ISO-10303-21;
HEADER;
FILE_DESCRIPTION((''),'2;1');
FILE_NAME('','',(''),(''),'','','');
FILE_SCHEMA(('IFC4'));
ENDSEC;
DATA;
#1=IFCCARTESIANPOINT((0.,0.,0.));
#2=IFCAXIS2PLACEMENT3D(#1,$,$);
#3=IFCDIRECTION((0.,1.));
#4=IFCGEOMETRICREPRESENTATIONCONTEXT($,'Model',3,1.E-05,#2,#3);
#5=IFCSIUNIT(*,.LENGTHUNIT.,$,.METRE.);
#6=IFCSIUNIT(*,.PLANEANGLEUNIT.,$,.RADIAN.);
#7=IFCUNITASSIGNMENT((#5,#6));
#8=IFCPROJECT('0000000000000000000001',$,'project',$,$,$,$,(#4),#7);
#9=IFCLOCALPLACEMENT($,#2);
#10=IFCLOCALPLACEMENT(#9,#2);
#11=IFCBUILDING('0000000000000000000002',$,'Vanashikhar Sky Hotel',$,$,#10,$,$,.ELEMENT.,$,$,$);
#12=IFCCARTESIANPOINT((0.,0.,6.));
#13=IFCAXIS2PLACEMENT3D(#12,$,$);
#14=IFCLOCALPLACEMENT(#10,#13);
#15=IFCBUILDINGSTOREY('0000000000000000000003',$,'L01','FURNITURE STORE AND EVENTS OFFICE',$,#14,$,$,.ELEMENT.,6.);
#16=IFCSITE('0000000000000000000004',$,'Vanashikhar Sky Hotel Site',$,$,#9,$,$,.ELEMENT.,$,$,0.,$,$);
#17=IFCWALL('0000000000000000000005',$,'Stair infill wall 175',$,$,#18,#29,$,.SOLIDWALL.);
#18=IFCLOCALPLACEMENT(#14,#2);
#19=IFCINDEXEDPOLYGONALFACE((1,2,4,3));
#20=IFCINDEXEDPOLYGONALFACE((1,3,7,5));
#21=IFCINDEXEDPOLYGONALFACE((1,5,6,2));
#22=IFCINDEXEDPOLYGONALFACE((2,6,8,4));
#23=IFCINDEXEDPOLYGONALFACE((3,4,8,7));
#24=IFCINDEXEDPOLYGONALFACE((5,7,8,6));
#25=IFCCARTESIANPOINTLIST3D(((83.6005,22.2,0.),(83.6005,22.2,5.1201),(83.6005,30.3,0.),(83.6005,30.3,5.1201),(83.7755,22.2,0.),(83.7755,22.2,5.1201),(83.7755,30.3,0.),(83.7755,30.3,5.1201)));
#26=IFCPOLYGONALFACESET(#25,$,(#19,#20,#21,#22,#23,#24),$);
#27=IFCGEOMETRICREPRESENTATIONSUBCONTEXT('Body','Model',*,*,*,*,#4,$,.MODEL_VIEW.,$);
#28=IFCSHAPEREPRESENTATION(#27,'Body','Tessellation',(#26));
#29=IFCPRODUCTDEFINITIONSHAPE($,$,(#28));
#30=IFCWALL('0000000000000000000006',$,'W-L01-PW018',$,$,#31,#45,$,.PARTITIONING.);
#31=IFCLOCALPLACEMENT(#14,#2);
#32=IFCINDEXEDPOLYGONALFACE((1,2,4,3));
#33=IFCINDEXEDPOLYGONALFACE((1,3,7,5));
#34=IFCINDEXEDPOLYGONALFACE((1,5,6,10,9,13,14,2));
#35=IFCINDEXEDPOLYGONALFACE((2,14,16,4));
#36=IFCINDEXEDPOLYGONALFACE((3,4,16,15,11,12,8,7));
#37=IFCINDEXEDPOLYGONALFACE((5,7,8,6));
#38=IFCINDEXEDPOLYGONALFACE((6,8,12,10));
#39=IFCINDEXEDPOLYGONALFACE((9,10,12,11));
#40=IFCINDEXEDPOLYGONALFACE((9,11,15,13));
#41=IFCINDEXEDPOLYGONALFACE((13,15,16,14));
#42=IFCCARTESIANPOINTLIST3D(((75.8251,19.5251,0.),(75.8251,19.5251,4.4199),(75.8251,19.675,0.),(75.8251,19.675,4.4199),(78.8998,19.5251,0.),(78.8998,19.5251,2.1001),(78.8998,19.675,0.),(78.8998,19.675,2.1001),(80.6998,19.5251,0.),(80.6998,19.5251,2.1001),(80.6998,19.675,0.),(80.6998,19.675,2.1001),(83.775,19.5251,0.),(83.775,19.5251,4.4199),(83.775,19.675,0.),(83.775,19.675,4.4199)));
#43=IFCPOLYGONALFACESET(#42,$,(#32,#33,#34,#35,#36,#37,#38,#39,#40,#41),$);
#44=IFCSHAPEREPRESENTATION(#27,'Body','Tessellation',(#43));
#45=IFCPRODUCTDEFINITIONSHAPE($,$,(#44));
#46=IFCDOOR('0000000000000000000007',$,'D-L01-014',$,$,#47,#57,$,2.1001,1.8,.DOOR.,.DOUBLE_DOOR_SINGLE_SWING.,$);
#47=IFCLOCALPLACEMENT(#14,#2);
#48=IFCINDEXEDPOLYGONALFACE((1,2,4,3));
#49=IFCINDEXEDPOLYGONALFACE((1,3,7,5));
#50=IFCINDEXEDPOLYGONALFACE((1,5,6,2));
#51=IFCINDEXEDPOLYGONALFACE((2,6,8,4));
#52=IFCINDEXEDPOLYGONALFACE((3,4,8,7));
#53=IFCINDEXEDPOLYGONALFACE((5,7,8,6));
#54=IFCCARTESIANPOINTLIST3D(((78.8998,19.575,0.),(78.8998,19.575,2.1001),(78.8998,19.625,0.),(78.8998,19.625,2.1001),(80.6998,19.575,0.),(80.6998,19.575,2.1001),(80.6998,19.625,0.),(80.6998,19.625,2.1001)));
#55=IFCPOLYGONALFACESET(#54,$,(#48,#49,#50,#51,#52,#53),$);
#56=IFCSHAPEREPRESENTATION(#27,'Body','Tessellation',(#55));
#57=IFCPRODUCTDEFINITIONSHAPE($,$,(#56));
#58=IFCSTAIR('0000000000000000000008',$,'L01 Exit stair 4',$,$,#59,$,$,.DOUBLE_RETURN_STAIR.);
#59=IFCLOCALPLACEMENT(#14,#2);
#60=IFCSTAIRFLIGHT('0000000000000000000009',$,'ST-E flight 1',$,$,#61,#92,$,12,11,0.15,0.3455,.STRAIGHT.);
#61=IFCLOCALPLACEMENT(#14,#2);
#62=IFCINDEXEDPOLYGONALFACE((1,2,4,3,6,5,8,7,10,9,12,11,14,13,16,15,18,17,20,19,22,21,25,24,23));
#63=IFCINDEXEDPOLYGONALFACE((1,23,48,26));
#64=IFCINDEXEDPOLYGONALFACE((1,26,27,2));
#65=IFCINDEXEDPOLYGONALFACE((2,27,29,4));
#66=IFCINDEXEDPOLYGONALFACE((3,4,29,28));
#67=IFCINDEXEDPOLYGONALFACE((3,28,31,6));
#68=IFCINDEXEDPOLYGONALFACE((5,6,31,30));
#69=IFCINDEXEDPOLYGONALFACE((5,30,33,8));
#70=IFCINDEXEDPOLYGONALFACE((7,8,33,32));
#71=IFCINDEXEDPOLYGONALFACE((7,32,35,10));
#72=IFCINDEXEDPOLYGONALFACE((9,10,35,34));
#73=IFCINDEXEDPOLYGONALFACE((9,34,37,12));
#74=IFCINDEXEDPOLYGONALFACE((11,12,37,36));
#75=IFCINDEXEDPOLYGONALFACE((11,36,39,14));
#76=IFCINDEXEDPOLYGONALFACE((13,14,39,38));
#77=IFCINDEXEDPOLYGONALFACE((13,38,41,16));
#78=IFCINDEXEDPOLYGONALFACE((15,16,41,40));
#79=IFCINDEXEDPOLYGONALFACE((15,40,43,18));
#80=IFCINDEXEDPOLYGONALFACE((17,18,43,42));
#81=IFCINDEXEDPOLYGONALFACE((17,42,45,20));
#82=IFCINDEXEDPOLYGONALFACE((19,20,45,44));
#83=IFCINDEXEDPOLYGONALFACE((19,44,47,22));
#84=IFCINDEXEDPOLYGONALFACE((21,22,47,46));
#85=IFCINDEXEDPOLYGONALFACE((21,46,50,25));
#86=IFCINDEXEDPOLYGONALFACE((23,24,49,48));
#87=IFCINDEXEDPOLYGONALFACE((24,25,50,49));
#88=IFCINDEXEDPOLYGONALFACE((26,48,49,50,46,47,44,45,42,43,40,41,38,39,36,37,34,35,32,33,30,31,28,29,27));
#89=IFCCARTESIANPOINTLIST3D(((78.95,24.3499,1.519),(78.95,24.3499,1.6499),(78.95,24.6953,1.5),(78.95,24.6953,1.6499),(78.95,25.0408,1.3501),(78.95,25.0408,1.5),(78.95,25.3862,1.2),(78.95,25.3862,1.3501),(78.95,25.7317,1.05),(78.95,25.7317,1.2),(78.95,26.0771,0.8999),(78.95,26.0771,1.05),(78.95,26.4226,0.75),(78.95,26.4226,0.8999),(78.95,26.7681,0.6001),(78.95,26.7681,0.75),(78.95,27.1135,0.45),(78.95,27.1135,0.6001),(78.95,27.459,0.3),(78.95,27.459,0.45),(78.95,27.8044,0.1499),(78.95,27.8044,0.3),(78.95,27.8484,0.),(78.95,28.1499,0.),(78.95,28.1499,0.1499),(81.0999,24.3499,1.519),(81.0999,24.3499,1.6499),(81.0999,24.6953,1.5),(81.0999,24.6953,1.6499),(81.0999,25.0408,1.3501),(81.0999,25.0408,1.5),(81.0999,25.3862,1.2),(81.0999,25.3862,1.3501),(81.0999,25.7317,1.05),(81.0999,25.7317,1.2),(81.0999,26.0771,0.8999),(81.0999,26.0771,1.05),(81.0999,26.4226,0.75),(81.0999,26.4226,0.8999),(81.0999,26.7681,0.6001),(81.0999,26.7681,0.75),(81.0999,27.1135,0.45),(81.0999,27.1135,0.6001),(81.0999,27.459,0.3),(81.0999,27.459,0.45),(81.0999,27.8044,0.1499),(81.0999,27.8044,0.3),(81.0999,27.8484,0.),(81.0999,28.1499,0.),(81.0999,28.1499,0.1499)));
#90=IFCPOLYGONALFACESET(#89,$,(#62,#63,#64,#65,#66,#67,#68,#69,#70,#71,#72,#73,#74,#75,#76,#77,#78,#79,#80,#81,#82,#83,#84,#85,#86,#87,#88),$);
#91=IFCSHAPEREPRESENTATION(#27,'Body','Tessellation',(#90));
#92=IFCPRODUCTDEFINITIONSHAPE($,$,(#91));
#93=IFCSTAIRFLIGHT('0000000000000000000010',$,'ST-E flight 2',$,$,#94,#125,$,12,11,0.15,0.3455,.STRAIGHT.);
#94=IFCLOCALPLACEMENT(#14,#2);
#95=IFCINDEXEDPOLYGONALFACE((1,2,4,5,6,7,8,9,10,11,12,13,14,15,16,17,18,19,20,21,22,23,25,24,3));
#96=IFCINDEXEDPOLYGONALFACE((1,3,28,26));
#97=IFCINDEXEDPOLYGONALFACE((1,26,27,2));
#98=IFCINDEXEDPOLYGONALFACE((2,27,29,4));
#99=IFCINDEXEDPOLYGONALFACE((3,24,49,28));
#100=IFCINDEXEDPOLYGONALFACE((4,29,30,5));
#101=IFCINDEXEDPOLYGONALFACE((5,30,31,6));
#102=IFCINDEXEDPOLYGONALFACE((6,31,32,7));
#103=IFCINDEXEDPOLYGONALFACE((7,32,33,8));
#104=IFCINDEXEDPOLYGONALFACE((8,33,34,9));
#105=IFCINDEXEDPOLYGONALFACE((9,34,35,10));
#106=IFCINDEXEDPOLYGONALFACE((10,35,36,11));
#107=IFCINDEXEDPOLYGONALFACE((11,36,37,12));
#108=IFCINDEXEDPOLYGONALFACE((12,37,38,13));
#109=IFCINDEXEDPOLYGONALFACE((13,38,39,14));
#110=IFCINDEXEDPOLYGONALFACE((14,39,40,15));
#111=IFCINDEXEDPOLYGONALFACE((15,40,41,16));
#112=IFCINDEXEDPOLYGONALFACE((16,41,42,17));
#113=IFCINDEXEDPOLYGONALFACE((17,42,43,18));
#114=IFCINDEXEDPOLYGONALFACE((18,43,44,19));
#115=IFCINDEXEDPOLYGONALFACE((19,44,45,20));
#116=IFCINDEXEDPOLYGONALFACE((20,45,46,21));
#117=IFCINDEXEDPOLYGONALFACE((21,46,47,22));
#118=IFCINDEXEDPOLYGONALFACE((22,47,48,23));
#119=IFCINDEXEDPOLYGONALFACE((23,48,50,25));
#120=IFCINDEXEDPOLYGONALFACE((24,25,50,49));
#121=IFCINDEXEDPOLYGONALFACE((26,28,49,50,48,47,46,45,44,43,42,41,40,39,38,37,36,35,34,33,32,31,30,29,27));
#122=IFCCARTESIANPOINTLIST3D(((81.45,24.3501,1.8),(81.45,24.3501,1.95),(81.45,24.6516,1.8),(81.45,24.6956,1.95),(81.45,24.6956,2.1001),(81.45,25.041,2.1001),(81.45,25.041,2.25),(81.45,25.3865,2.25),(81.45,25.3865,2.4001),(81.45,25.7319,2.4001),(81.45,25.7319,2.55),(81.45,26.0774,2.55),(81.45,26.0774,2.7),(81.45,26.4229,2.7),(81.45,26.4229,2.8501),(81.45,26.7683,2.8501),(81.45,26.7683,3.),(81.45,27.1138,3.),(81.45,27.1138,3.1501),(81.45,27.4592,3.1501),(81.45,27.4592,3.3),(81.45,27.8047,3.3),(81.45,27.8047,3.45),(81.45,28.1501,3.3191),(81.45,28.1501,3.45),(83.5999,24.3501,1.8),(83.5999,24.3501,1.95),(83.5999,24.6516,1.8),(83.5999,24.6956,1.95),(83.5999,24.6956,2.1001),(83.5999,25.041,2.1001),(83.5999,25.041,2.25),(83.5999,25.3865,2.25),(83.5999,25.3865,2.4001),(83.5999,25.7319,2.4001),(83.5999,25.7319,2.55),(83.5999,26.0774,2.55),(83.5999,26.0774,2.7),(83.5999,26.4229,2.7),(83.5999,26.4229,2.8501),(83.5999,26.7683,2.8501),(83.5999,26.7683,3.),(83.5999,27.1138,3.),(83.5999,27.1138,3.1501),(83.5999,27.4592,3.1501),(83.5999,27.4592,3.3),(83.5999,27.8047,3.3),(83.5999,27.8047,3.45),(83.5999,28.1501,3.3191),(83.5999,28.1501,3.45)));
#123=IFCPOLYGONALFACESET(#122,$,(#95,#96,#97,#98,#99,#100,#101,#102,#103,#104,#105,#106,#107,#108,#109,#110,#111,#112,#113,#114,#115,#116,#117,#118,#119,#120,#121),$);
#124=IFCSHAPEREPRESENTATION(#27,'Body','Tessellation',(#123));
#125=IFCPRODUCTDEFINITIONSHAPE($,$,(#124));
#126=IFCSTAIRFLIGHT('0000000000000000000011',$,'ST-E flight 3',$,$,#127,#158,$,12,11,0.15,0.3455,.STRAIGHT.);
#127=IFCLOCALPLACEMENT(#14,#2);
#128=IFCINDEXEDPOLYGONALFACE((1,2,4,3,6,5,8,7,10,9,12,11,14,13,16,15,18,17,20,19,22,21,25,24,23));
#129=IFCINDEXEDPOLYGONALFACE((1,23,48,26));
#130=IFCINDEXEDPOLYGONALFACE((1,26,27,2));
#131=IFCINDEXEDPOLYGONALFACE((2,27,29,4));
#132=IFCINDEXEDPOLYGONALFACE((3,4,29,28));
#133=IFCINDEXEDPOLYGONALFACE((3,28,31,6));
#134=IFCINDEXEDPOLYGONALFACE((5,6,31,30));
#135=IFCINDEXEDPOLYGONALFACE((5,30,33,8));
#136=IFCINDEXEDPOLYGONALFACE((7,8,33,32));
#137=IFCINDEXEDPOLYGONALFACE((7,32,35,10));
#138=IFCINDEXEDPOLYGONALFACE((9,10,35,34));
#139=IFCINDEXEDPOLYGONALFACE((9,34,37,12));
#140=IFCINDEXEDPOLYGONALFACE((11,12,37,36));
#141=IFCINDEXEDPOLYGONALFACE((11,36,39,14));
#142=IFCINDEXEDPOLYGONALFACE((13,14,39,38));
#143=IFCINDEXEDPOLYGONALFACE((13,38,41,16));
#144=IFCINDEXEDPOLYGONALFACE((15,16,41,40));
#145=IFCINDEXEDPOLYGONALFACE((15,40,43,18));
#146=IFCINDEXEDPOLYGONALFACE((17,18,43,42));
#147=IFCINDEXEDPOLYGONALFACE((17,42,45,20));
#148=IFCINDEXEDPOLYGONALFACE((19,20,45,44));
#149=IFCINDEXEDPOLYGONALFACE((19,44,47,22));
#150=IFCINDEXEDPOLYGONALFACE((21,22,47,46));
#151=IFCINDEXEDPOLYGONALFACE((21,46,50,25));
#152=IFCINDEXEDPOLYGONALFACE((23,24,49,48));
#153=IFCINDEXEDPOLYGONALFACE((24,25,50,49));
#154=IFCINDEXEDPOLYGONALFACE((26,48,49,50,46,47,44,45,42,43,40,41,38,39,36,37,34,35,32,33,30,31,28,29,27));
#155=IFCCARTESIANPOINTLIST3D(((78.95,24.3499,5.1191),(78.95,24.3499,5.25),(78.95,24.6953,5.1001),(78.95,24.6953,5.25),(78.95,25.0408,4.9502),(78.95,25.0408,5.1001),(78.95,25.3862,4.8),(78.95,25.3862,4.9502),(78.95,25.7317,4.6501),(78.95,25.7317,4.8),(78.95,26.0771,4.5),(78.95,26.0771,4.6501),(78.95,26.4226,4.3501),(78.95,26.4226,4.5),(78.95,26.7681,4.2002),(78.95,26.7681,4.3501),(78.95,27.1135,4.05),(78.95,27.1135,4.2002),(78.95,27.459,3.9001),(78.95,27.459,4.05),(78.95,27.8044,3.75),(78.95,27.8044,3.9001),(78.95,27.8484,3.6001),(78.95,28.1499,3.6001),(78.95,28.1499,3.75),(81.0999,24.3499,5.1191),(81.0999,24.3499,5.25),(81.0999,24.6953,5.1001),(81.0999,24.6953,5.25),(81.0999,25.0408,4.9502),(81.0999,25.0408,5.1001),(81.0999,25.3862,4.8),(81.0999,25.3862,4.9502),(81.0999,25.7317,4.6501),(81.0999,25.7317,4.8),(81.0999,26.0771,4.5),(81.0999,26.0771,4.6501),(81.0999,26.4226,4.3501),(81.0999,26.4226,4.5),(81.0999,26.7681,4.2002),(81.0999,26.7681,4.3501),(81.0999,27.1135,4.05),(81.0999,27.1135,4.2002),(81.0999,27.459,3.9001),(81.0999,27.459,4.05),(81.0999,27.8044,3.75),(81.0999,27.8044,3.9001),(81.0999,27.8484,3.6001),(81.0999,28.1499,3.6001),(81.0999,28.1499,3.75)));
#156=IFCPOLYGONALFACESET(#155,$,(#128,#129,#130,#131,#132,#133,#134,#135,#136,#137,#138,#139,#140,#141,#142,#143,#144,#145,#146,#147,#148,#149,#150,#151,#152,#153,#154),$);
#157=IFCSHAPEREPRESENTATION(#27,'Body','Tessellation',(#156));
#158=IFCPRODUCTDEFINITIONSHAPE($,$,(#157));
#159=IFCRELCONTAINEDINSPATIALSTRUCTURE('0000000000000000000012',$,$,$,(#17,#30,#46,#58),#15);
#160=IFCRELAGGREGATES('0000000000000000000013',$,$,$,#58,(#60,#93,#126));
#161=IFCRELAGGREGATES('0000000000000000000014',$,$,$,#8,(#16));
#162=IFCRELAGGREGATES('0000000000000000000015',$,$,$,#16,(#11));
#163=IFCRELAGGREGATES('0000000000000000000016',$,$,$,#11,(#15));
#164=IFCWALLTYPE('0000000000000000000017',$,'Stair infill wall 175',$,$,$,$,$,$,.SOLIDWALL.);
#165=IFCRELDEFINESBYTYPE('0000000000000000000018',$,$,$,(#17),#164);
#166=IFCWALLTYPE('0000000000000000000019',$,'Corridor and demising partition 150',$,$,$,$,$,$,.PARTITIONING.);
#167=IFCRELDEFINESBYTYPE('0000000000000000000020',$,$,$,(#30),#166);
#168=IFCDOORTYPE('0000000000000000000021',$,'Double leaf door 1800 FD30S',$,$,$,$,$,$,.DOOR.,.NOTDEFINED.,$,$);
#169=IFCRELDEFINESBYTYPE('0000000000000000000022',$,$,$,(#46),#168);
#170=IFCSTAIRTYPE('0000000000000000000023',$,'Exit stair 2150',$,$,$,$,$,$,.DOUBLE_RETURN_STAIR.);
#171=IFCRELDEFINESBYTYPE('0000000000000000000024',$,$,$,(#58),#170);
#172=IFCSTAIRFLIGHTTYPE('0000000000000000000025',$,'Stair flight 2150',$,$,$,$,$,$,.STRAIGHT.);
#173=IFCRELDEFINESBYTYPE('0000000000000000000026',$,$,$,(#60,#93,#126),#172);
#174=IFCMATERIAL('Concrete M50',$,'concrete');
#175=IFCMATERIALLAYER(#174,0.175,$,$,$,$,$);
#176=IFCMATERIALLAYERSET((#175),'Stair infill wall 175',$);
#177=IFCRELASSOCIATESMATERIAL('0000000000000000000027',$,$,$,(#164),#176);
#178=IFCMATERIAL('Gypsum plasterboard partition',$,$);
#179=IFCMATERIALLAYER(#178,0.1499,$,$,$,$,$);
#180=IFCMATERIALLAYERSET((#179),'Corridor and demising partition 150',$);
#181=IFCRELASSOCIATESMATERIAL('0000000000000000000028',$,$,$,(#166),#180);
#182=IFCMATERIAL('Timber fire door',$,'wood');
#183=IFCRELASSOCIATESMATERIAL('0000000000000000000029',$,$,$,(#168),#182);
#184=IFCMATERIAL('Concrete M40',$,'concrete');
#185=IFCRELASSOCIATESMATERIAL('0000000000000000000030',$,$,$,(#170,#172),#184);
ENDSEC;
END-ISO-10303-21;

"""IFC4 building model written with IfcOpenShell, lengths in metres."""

from ifc_helpers import new_model, si_unit, direction, frame, frame_2d, origin, place, context, subcontext, project, spatial, polyline, rectangle, outline, extrude, source, transform, mapped, material, layer, layer_set, type_object, element, fill, aggregate, save


model = new_model("IFC4")

# Units and contexts
model_context = context("Model", 3, precision=1e-05, world=origin(), true_north=direction((0.0, 1.0)))
body_context = subcontext(model_context, "Body", "Model", "MODEL_VIEW")
ifc_project = project(units=[si_unit("LENGTHUNIT", "METRE"), si_unit("PLANEANGLEUNIT", "RADIAN")], contexts=[model_context])

# Site, building, storey
site_placement = place(None, origin())
site = spatial("IfcSite", under=ifc_project, at=site_placement, Name="Vanashikhar Sky Hotel Site", CompositionType="ELEMENT", RefElevation=0.0)
building_placement = place(site_placement, origin())
building = spatial("IfcBuilding", under=site, at=building_placement, Name="Vanashikhar Sky Hotel", CompositionType="ELEMENT")
storey_placement = place(building_placement, frame((0.0, 0.0, 6.0)))
storey = spatial("IfcBuildingStorey", under=building, at=storey_placement, Name="L01", Description="FURNITURE STORE AND EVENTS OFFICE", CompositionType="ELEMENT", Elevation=6.0)

# Shared definitions
ifc_material_1 = material(Name="Concrete M50", Category="concrete")

# Wall
ifc_layer_1 = layer(ifc_material_1, 0.175)
ifc_layer_set_1 = layer_set([ifc_layer_1], Name="Stair infill wall 175")
wall_type_1 = type_object("IfcWallType", Name="Stair infill wall 175", PredefinedType="SOLIDWALL", material=ifc_layer_set_1)
shared_shape_1 = source(origin(), body_context, "Body", "SweptSolid", [
    extrude(rectangle(XDim=8.1001, YDim=0.175, at=frame_2d((4.05, 0.0))), origin(), (0.0, 0.0, 1.0), 5.1201),
])
wall_1_placement = place(storey_placement, frame((83.688, 22.2, 0.0), z_axis=(0.0, 0.0, 1.0), x_axis=(0.0, 1.0, 0.0)))
element("IfcWall", 1, at=wall_1_placement, inside=storey, type_object=wall_type_1, Name="Stair infill wall 175", PredefinedType="SOLIDWALL", context=body_context, shape_type="MappedRepresentation", body=[
    mapped(shared_shape_1, transform((0.0, 0.0, 0.0), scale=1.0)),
])

# Wall, opening, door
ifc_material_2 = material(Name="Gypsum plasterboard partition")
ifc_layer_2 = layer(ifc_material_2, 0.1499)
ifc_layer_set_2 = layer_set([ifc_layer_2], Name="Corridor and demising partition 150")
wall_type_2 = type_object("IfcWallType", Name="Corridor and demising partition 150", PredefinedType="PARTITIONING", material=ifc_layer_set_2)
shared_shape_2 = source(origin(), body_context, "Body", "SweptSolid", [
    extrude(rectangle(XDim=7.95, YDim=0.1499, at=frame_2d((3.9751, 0.0))), origin(), (0.0, 0.0, 1.0), 4.4199),
])
wall_2_placement = place(storey_placement, frame((75.825, 19.6001, 0.0), z_axis=(0.0, 0.0, 1.0), x_axis=(1.0, 0.0, 0.0)))
wall_2 = element("IfcWall", 2, at=wall_2_placement, inside=storey, type_object=wall_type_2, Name="W-L01-PW018", PredefinedType="PARTITIONING", context=body_context, shape_type="MappedRepresentation", body=[
    mapped(shared_shape_2, transform((0.0, 0.0, 0.0), scale=1.0)),
])
shared_shape_3 = source(origin(), body_context, "Body", "SweptSolid", [
    extrude(rectangle(XDim=1.8, YDim=2.1001, at=frame_2d((0.8999, 1.05))), frame((0.0, 0.085, 0.0), z_axis=(0.0, -1.0, 0.0), x_axis=(1.0, 0.0, 0.0)), (0.0, 0.0, 1.0), 0.1699),
])
opening_1_placement = place(wall_2_placement, frame((3.075, 0.0, 0.0)))
opening_1 = element("IfcOpeningElement", 3, at=opening_1_placement, cuts=wall_2, PredefinedType="OPENING", context=body_context, shape_type="MappedRepresentation", body=[
    mapped(shared_shape_3, transform((0.0, 0.0, 0.0), scale=1.0)),
])
ifc_material_3 = material(Name="Timber fire door", Category="wood")
door_type_1 = type_object("IfcDoorType", Name="Double leaf door 1800 FD30S", OperationType="NOTDEFINED", PredefinedType="DOOR", material=ifc_material_3)
shared_shape_4 = source(origin(), body_context, "Body", "SweptSolid", [
    extrude(rectangle(XDim=1.8, YDim=2.1001, at=frame_2d((0.8999, 1.05))), frame((0.0, 0.0249, 0.0), z_axis=(0.0, -1.0, 0.0), x_axis=(1.0, 0.0, 0.0)), (0.0, 0.0, 1.0), 0.05),
])
door_1_placement = place(opening_1_placement, origin())
door_1 = element("IfcDoor", 4, at=door_1_placement, inside=storey, type_object=door_type_1, Name="D-L01-014", OperationType="DOUBLE_DOOR_SINGLE_SWING", OverallHeight=2.1001, OverallWidth=1.8, PredefinedType="DOOR", context=body_context, shape_type="MappedRepresentation", body=[
    mapped(shared_shape_4, transform((0.0, 0.0, 0.0), scale=1.0)),
])
fill(opening_1, door_1)

# Stair, stair flights
ifc_material_4 = material(Name="Concrete M40", Category="concrete")
stair_type = type_object("IfcStairType", Name="Exit stair 2150", PredefinedType="DOUBLE_RETURN_STAIR", material=ifc_material_4)
stair_placement = place(storey_placement, origin())
stair = element("IfcStair", 5, at=stair_placement, inside=storey, type_object=stair_type, Name="L01 Exit stair 4", PredefinedType="DOUBLE_RETURN_STAIR")
stair_flight_type = type_object("IfcStairFlightType", Name="Stair flight 2150", PredefinedType="STRAIGHT", material=ifc_material_4)
shared_shape_5 = source(origin(), body_context, "Body", "SweptSolid", [
    extrude(outline(polyline([(0.0, 0.0), (0.0, 0.1499), (0.3455, 0.1499), (0.3455, 0.3), (0.6909, 0.3), (0.6909, 0.45), (1.0364, 0.45), (1.0364, 0.6001), (1.3818, 0.6001), (1.3818, 0.75), (1.7273, 0.75), (1.7273, 0.8999), (2.0728, 0.8999), (2.0728, 1.05), (2.4182, 1.05), (2.4182, 1.2), (2.7637, 1.2), (2.7637, 1.3501), (3.1091, 1.3501), (3.1091, 1.5), (3.4546, 1.5), (3.4546, 1.6499), (3.8, 1.6499), (3.8, 1.8), (3.8, 1.519), (0.3015, 0.0), (0.0, 0.0)])), frame((0.0, 1.075, 0.0), z_axis=(0.0, -1.0, 0.0), x_axis=(1.0, 0.0, 0.0)), (0.0, 0.0, 1.0), 2.1499),
])
stair_flight_1_placement = place(storey_placement, frame((80.0249, 28.1499, 0.0), z_axis=(0.0, 0.0, 1.0), x_axis=(0.0, -1.0, 0.0)))
stair_flight_1 = element("IfcStairFlight", 6, at=stair_flight_1_placement, type_object=stair_flight_type, Name="ST-E flight 1", NumberOfRisers=12, NumberOfTreads=11, PredefinedType="STRAIGHT", RiserHeight=0.15, TreadLength=0.3455, context=body_context, shape_type="MappedRepresentation", body=[
    mapped(shared_shape_5, transform((0.0, 0.0, 0.0), scale=1.0)),
])
stair_flight_2_placement = place(storey_placement, frame((82.5249, 24.3501, 1.8), z_axis=(0.0, 0.0, 1.0), x_axis=(0.0, 1.0, 0.0)))
stair_flight_2 = element("IfcStairFlight", 7, at=stair_flight_2_placement, type_object=stair_flight_type, Name="ST-E flight 2", NumberOfRisers=12, NumberOfTreads=11, PredefinedType="STRAIGHT", RiserHeight=0.15, TreadLength=0.3455, context=body_context, shape_type="MappedRepresentation", body=[
    mapped(shared_shape_5, transform((0.0, 0.0, 0.0), scale=1.0)),
])
stair_flight_3_placement = place(storey_placement, frame((80.0249, 28.1499, 3.6001), z_axis=(0.0, 0.0, 1.0), x_axis=(0.0, -1.0, 0.0)))
stair_flight_3 = element("IfcStairFlight", 8, at=stair_flight_3_placement, type_object=stair_flight_type, Name="ST-E flight 3", NumberOfRisers=12, NumberOfTreads=11, PredefinedType="STRAIGHT", RiserHeight=0.15, TreadLength=0.3455, context=body_context, shape_type="MappedRepresentation", body=[
    mapped(shared_shape_5, transform((0.0, 0.0, 0.0), scale=1.0)),
])
aggregate(stair, [stair_flight_1, stair_flight_2, stair_flight_3])

save(model, "model.ifc")
